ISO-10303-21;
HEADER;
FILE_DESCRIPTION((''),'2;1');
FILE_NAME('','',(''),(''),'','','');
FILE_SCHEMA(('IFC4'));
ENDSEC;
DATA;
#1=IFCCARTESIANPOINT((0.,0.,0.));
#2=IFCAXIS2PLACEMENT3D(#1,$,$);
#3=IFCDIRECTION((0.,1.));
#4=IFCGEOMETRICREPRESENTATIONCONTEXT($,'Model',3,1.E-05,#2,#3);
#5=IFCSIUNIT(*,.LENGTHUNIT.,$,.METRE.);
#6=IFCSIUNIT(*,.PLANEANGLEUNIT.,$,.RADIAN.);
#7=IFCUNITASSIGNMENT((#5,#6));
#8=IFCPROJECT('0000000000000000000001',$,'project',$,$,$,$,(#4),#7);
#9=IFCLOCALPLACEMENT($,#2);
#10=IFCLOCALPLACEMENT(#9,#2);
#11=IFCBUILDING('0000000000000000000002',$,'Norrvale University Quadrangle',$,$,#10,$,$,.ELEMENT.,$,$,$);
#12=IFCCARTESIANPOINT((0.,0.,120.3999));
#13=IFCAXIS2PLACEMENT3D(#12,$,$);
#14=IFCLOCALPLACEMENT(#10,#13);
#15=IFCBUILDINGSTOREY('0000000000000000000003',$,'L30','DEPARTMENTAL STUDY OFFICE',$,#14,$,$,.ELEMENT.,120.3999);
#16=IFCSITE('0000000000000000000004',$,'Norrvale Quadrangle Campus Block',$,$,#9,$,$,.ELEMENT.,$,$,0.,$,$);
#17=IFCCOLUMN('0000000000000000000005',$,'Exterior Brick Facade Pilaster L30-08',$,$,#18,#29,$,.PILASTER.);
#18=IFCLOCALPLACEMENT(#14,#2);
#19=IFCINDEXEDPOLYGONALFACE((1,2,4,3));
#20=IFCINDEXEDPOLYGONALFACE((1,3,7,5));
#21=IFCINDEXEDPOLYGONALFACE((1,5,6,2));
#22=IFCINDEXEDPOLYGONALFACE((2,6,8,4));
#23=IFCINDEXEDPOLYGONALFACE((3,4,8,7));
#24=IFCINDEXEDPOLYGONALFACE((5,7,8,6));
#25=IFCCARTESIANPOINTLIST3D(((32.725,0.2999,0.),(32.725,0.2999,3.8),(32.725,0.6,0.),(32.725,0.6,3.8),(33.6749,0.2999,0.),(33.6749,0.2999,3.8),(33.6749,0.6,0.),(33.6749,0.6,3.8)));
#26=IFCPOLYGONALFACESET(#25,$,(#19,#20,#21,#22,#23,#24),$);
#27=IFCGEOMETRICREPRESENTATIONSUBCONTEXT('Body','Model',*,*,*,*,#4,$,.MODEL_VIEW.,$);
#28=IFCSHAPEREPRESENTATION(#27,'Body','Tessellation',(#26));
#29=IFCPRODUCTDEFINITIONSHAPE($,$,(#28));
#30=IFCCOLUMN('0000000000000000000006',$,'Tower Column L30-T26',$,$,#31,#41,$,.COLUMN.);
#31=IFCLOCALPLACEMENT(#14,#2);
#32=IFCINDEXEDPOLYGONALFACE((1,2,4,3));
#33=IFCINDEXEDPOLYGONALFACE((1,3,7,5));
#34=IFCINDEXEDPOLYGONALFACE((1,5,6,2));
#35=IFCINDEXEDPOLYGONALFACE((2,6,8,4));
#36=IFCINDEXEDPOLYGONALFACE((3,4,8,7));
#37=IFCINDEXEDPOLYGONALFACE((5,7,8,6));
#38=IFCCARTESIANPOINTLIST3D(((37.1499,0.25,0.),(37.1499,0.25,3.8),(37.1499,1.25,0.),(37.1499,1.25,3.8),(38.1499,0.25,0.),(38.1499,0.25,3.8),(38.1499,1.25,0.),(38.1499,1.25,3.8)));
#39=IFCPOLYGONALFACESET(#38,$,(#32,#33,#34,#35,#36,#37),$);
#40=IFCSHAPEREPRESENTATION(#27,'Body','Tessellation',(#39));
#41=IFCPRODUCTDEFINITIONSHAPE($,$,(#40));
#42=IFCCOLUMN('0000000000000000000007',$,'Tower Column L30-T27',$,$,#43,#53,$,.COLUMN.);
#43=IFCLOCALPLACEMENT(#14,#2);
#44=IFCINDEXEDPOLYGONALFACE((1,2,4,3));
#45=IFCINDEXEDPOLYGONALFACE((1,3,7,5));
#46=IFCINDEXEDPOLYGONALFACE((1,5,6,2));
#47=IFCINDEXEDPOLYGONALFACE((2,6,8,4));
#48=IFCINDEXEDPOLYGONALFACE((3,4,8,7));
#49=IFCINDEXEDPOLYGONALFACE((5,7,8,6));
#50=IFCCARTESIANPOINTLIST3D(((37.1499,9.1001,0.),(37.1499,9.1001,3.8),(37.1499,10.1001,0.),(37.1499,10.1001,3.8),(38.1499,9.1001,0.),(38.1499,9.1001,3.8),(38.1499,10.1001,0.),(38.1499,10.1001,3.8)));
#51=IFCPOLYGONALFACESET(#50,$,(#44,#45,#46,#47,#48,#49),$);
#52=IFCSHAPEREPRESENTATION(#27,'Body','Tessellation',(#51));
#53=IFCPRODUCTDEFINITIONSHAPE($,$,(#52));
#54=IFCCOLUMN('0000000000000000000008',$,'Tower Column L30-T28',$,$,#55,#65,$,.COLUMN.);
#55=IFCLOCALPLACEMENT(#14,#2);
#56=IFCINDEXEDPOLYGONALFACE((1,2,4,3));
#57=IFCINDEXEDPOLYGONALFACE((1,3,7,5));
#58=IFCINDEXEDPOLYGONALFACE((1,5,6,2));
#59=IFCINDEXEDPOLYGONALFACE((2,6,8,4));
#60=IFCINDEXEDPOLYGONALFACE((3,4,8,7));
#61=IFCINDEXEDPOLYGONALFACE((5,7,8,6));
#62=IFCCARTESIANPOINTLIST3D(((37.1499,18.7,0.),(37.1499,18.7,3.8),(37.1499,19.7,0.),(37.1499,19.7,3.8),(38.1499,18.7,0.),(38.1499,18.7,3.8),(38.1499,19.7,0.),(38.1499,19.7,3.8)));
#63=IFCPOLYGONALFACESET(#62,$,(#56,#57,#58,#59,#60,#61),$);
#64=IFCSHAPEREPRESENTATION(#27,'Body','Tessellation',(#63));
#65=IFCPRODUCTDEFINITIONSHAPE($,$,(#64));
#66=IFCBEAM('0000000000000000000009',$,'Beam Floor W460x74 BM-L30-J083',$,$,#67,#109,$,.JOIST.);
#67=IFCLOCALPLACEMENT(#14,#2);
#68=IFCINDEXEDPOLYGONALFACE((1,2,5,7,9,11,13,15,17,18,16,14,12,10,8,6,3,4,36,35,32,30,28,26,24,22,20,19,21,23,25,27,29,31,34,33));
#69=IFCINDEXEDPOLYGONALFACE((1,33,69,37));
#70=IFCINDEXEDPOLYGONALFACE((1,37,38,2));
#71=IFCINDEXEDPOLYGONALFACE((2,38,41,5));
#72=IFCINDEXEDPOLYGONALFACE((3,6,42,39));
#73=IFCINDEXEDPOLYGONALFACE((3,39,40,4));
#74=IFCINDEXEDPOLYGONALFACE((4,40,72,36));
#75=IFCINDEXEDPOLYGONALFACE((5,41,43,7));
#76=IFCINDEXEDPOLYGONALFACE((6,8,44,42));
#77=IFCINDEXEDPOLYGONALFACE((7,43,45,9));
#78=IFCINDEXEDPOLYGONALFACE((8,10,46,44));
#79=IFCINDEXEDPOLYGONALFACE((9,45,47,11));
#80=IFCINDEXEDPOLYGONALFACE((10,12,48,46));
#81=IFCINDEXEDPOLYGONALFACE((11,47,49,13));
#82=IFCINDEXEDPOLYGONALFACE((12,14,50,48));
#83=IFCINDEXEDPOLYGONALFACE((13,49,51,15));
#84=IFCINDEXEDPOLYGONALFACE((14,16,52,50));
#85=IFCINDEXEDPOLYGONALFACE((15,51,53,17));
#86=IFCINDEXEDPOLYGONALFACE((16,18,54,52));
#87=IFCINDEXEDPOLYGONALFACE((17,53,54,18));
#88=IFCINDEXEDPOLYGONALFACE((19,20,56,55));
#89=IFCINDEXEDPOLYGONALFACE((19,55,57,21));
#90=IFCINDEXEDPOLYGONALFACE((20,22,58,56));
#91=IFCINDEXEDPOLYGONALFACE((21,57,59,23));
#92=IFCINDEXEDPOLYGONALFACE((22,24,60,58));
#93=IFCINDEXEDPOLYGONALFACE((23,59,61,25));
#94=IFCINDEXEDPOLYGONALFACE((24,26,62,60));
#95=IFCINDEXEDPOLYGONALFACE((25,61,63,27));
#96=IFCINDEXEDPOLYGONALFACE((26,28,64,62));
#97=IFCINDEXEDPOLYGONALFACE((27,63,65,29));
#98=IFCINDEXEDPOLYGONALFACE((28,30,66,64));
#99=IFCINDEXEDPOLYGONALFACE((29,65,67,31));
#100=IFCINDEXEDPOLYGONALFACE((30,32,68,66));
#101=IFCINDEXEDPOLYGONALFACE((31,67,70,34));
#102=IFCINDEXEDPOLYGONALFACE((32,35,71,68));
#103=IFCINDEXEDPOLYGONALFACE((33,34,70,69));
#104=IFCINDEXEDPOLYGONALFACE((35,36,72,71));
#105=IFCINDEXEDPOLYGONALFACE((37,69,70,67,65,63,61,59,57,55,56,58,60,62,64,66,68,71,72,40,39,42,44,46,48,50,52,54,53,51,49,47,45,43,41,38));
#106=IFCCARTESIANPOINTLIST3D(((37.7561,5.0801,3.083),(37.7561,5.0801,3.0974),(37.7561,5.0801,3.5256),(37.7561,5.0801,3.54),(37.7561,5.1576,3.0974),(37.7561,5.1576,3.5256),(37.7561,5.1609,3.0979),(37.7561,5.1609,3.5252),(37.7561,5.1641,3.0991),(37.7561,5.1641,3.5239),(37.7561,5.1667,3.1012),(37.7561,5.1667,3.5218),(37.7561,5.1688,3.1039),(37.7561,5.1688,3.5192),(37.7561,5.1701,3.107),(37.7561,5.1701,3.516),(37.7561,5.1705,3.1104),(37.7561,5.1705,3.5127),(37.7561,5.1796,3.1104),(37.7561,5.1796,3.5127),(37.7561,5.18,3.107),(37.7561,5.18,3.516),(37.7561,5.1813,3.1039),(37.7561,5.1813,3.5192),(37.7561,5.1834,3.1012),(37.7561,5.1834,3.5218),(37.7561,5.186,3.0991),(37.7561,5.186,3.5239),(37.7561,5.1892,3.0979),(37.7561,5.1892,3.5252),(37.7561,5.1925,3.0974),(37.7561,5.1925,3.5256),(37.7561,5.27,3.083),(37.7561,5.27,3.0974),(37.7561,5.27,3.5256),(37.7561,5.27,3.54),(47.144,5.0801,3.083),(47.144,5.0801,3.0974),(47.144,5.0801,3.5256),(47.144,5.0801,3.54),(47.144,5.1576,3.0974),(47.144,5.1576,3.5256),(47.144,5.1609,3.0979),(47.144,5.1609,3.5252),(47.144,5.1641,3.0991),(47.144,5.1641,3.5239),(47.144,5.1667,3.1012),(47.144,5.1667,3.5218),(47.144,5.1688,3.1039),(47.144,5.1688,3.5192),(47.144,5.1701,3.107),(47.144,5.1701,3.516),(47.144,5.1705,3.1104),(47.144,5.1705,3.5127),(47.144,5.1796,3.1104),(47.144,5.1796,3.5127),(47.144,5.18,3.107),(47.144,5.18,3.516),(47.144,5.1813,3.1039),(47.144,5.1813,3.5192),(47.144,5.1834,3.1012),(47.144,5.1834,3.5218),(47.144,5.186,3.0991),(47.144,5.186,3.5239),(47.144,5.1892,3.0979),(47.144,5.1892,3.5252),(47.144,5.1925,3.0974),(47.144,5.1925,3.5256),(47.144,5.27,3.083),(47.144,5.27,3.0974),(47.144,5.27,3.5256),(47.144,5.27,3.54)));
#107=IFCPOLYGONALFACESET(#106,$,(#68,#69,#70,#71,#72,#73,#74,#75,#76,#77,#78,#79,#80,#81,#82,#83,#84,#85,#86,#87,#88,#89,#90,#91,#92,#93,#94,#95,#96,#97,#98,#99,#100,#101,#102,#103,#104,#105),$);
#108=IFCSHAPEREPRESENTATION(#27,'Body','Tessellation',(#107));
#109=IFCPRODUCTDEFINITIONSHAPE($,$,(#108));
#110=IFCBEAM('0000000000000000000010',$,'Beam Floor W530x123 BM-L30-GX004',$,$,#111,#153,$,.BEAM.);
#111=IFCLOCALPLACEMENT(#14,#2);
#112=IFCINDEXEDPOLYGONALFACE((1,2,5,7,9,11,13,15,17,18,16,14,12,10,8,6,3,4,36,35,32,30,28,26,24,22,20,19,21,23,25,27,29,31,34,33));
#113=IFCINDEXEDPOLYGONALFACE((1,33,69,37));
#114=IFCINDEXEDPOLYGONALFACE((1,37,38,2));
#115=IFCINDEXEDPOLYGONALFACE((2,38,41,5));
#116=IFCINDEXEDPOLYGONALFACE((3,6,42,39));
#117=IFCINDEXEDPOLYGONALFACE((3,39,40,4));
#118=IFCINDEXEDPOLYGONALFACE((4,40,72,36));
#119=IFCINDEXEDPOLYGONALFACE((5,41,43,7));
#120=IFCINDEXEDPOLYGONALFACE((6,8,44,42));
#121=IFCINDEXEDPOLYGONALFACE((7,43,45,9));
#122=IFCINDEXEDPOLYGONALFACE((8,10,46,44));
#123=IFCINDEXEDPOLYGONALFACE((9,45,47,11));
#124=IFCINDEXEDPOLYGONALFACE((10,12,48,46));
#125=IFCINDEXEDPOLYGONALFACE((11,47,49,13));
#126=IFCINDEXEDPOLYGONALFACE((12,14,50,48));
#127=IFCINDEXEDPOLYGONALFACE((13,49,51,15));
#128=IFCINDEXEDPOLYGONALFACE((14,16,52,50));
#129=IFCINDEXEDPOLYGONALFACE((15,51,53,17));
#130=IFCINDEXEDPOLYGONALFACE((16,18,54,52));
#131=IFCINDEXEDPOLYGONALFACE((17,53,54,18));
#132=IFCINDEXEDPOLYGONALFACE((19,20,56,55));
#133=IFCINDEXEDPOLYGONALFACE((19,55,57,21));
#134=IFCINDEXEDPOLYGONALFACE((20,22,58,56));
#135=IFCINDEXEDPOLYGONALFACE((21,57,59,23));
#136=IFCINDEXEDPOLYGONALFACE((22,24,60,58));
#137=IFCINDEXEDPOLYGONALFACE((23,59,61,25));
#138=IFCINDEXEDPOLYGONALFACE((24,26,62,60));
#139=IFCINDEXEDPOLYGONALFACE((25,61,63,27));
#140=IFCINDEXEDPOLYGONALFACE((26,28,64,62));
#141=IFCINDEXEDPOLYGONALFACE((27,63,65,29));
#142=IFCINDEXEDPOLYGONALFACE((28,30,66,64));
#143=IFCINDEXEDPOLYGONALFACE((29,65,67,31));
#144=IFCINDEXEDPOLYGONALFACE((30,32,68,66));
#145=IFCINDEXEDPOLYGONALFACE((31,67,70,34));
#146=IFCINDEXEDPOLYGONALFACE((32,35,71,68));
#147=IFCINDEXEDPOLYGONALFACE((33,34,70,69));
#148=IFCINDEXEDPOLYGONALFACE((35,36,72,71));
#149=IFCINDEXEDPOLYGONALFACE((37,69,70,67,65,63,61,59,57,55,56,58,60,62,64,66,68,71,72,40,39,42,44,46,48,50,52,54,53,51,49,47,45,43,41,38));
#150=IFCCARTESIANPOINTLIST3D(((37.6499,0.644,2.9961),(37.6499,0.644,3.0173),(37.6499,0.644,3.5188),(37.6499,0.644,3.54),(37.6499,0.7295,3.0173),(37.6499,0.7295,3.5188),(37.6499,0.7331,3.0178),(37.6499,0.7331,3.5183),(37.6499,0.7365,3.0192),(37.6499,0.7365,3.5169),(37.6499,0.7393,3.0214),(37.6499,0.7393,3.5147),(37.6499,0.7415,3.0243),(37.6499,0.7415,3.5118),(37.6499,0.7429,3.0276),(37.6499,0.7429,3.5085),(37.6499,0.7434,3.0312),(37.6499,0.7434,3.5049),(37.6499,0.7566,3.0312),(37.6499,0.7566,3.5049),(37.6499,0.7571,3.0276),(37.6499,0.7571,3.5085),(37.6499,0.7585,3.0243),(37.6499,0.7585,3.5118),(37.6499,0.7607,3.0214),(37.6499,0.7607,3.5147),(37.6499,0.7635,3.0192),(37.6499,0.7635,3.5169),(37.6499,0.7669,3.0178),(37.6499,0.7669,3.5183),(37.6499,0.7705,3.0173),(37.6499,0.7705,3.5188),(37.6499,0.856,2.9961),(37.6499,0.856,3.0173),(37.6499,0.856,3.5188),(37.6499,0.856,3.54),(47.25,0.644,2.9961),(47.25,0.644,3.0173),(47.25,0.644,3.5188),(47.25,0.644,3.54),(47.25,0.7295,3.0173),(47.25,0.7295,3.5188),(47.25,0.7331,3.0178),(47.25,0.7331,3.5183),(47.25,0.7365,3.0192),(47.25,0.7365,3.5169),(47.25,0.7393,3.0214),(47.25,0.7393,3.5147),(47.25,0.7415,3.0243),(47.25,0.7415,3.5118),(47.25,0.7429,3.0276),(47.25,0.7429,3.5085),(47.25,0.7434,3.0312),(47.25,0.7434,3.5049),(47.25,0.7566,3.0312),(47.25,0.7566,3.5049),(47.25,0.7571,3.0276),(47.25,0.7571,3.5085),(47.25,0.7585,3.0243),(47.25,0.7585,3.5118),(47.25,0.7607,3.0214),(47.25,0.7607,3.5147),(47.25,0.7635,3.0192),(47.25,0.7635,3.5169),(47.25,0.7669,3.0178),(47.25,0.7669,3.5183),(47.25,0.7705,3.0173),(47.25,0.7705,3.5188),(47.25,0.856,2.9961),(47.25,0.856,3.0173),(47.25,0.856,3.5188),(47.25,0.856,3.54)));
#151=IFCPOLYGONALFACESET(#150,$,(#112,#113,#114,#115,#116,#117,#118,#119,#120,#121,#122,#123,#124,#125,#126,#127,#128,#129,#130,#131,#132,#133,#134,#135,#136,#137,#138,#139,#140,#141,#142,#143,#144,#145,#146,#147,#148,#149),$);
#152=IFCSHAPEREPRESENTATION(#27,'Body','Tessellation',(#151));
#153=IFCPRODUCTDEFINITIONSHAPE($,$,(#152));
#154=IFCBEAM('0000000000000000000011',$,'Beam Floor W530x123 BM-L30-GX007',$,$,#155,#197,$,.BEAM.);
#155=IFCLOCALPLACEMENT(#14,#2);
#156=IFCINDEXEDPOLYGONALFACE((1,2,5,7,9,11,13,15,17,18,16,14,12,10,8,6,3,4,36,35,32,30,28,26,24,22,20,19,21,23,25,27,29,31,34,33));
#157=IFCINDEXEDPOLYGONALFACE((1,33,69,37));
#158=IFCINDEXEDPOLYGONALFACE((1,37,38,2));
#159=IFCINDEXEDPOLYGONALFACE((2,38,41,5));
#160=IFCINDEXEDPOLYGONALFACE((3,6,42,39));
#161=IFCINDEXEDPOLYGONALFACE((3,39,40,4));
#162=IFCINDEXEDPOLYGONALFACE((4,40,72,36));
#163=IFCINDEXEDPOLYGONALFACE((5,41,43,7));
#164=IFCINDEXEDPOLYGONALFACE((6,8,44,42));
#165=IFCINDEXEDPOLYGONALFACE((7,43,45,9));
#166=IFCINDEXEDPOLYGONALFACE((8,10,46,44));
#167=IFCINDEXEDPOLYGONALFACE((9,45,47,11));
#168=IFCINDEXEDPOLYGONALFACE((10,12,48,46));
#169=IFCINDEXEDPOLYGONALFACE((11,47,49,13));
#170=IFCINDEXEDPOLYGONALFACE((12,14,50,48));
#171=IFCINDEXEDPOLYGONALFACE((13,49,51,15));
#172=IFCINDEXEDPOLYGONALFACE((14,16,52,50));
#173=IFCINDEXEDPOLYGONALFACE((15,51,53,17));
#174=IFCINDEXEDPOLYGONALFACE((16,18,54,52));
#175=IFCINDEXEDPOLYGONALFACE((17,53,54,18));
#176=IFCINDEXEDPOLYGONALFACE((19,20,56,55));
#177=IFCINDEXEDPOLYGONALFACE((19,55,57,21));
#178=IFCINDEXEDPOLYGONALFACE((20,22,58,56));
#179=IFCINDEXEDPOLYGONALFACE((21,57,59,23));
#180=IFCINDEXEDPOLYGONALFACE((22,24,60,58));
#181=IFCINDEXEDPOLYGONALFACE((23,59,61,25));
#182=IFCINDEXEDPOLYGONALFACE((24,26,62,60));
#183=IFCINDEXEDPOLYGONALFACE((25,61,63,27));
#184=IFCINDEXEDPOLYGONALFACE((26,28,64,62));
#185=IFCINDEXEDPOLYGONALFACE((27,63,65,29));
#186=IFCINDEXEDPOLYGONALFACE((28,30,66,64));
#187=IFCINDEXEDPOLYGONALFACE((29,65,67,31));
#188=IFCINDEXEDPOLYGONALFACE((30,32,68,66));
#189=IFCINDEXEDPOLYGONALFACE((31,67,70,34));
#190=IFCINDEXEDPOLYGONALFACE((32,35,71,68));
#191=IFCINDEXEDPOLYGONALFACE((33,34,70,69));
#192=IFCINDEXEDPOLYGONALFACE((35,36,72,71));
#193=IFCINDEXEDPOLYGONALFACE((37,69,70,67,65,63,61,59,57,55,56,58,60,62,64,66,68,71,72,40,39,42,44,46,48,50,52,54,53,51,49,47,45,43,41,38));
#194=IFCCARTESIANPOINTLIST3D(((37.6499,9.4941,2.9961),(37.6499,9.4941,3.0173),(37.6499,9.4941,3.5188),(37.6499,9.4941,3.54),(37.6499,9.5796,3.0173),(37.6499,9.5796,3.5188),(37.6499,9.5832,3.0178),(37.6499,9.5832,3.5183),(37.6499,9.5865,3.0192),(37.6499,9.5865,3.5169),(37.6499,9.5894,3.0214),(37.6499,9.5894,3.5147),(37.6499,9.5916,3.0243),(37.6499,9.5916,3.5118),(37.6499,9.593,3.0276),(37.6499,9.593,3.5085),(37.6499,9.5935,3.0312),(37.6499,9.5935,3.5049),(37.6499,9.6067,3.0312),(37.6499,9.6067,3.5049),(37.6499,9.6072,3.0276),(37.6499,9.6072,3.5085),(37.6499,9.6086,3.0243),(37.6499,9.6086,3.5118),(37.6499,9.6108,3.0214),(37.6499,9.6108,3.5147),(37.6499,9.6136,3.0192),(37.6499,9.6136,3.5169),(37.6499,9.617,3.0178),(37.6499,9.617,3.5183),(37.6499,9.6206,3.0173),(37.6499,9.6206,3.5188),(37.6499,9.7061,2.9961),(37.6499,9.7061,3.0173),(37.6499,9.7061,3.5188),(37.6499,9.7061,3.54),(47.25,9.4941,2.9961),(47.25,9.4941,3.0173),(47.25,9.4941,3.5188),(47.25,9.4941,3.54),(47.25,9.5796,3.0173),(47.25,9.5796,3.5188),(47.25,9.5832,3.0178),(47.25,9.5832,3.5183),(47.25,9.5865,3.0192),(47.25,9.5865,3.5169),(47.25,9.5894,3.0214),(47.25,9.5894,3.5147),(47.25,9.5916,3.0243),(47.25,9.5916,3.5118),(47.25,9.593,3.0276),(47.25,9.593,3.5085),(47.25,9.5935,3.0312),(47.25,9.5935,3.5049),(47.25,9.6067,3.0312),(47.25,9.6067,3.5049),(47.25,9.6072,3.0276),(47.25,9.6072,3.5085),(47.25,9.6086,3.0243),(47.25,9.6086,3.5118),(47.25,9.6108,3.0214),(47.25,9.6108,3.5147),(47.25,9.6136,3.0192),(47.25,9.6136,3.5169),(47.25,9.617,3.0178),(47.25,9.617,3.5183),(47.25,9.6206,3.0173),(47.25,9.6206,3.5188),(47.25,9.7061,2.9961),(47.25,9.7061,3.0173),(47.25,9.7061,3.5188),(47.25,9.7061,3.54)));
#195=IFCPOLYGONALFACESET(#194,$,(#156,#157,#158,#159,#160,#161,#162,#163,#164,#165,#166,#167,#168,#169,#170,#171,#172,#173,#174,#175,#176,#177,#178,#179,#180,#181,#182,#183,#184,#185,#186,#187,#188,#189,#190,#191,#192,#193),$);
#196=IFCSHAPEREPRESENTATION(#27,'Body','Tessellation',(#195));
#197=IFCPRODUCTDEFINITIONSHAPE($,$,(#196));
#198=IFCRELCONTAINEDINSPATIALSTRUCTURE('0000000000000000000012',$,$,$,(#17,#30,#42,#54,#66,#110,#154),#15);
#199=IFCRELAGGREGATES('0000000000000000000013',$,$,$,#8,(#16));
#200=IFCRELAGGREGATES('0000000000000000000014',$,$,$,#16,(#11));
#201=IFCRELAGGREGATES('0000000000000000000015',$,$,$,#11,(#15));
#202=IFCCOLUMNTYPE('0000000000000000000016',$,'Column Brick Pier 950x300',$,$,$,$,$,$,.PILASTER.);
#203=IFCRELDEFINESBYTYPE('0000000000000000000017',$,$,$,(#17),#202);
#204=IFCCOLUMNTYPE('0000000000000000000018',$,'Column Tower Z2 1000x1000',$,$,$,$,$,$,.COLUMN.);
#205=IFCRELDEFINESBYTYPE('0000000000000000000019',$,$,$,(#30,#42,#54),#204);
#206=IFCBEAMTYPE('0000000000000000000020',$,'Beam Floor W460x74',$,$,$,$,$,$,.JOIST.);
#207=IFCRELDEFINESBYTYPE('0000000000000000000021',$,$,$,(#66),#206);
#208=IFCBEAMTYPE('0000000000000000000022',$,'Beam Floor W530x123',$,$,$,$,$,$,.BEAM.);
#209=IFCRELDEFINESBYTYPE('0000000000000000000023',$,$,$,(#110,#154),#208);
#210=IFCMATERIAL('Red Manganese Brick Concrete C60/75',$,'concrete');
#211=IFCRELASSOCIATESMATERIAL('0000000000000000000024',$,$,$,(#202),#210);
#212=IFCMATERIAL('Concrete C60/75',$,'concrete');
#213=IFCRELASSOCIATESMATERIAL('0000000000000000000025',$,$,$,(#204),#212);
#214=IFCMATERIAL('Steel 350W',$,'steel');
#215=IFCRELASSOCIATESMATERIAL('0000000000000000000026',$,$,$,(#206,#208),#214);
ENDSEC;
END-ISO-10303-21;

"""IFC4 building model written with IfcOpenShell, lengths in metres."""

from ifc_helpers import new_model, si_unit, direction, frame, origin, origin_2d, place, context, subcontext, project, spatial, rectangle, i_section, extrude, material, material_profile, profile_set, type_object, element, save


model = new_model("IFC4")

# Units and contexts
model_context = context("Model", 3, precision=1e-05, world=origin(), true_north=direction((0.0, 1.0)))
body_context = subcontext(model_context, "Body", "Model", "MODEL_VIEW")
ifc_project = project(units=[si_unit("LENGTHUNIT", "METRE"), si_unit("PLANEANGLEUNIT", "RADIAN")], contexts=[model_context])

# Site, building, storey
site_placement = place(None, origin())
site = spatial("IfcSite", under=ifc_project, at=site_placement, Name="Norrvale Quadrangle Campus Block", CompositionType="ELEMENT", RefElevation=0.0)
building_placement = place(site_placement, origin())
building = spatial("IfcBuilding", under=site, at=building_placement, Name="Norrvale University Quadrangle", CompositionType="ELEMENT")
storey_placement = place(building_placement, frame((0.0, 0.0, 120.3999)))
storey = spatial("IfcBuildingStorey", under=building, at=storey_placement, Name="L30", Description="DEPARTMENTAL STUDY OFFICE", CompositionType="ELEMENT", Elevation=120.3999)

# Columns
ifc_material_1 = material(Name="Red Manganese Brick Concrete C60/75", Category="concrete")
ifc_material_profile_1 = material_profile(ifc_material_1, rectangle(XDim=0.95, YDim=0.3, at=origin_2d()), Name="Red Manganese Brick Concrete C60/75")
ifc_profile_set_1 = profile_set([ifc_material_profile_1], Name="Red Manganese Brick Concrete C60/75")
column_type_1 = type_object("IfcColumnType", Name="Column Brick Pier 950x300", PredefinedType="PILASTER", material=ifc_profile_set_1)
column_placement = place(storey_placement, frame((33.2, 0.45, 0.0), z_axis=(0.0, 0.0, 1.0), x_axis=(1.0, 0.0, 0.0)))
element("IfcColumn", 1, at=column_placement, inside=storey, type_object=column_type_1, Name="Exterior Brick Facade Pilaster L30-08", PredefinedType="PILASTER", context=body_context, shape_type="SweptSolid", body=[
    extrude(rectangle(XDim=0.95, YDim=0.3, at=origin_2d()), origin(), (0.0, 0.0, 1.0), 3.8),
])
ifc_material_2 = material(Name="Concrete C60/75", Category="concrete")
ifc_material_profile_2 = material_profile(ifc_material_2, rectangle(XDim=1.0, YDim=1.0, at=origin_2d()), Name="Concrete C60/75")
ifc_profile_set_2 = profile_set([ifc_material_profile_2], Name="Concrete C60/75")
column_type_2 = type_object("IfcColumnType", Name="Column Tower Z2 1000x1000", PredefinedType="COLUMN", material=ifc_profile_set_2)
for number, where, z_axis, x_axis, name in (
    (2, (37.6499, 0.75, 0.0), (0.0, 0.0, 1.0), (1.0, 0.0, 0.0), "Tower Column L30-T26"),
    (3, (37.6499, 9.6001, 0.0), (0.0, 0.0, 1.0), (1.0, 0.0, 0.0), "Tower Column L30-T27"),
    (4, (37.6499, 19.2, 0.0), (0.0, 0.0, 1.0), (1.0, 0.0, 0.0), "Tower Column L30-T28"),
):
    element("IfcColumn", number, at=place(storey_placement, frame(where, z_axis=z_axis, x_axis=x_axis)), inside=storey, type_object=column_type_2, Name=name, PredefinedType="COLUMN", context=body_context, shape_type="SweptSolid", body=[
        extrude(rectangle(XDim=1.0, YDim=1.0, at=origin_2d()), origin(), (0.0, 0.0, 1.0), 3.8),
    ])

# Beams
ifc_material_3 = material(Name="Steel 350W", Category="steel")
ifc_material_profile_3 = material_profile(ifc_material_3, i_section(OverallWidth=0.1899, OverallDepth=0.457, WebThickness=0.009, FlangeThickness=0.0144, FilletRadius=0.0129, at=origin_2d()), Name="Steel 350W")
ifc_profile_set_3 = profile_set([ifc_material_profile_3], Name="Steel 350W")
beam_type_1 = type_object("IfcBeamType", Name="Beam Floor W460x74", PredefinedType="JOIST", material=ifc_profile_set_3)
beam_1_placement = place(storey_placement, frame((37.7561, 5.175, 3.3115), z_axis=(1.0, 0.0, 0.0), x_axis=(0.0, 1.0, 0.0)))
element("IfcBeam", 5, at=beam_1_placement, inside=storey, type_object=beam_type_1, Name="Beam Floor W460x74 BM-L30-J083", PredefinedType="JOIST", context=body_context, shape_type="SweptSolid", body=[
    extrude(i_section(OverallWidth=0.1899, OverallDepth=0.457, WebThickness=0.009, FlangeThickness=0.0144, FilletRadius=0.0129, at=origin_2d()), origin(), (0.0, 0.0, 1.0), 9.3879),
])
ifc_material_profile_4 = material_profile(ifc_material_3, i_section(OverallWidth=0.2119, OverallDepth=0.5439, WebThickness=0.0132, FlangeThickness=0.0212, FilletRadius=0.0139, at=origin_2d()), Name="Steel 350W")
ifc_profile_set_4 = profile_set([ifc_material_profile_4], Name="Steel 350W")
beam_type_2 = type_object("IfcBeamType", Name="Beam Floor W530x123", PredefinedType="BEAM", material=ifc_profile_set_4)
for number, where, z_axis, x_axis, name in (
    (6, (37.6499, 0.75, 3.2681), (1.0, 0.0, 0.0), (0.0, 1.0, 0.0), "Beam Floor W530x123 BM-L30-GX004"),
    (7, (37.6499, 9.6001, 3.2681), (1.0, 0.0, 0.0), (0.0, 1.0, 0.0), "Beam Floor W530x123 BM-L30-GX007"),
):
    element("IfcBeam", number, at=place(storey_placement, frame(where, z_axis=z_axis, x_axis=x_axis)), inside=storey, type_object=beam_type_2, Name=name, PredefinedType="BEAM", context=body_context, shape_type="SweptSolid", body=[
        extrude(i_section(OverallWidth=0.2119, OverallDepth=0.5439, WebThickness=0.0132, FlangeThickness=0.0212, FilletRadius=0.0139, at=origin_2d()), origin(), (0.0, 0.0, 1.0), 9.6001),
    ])

save(model, "model.ifc")
